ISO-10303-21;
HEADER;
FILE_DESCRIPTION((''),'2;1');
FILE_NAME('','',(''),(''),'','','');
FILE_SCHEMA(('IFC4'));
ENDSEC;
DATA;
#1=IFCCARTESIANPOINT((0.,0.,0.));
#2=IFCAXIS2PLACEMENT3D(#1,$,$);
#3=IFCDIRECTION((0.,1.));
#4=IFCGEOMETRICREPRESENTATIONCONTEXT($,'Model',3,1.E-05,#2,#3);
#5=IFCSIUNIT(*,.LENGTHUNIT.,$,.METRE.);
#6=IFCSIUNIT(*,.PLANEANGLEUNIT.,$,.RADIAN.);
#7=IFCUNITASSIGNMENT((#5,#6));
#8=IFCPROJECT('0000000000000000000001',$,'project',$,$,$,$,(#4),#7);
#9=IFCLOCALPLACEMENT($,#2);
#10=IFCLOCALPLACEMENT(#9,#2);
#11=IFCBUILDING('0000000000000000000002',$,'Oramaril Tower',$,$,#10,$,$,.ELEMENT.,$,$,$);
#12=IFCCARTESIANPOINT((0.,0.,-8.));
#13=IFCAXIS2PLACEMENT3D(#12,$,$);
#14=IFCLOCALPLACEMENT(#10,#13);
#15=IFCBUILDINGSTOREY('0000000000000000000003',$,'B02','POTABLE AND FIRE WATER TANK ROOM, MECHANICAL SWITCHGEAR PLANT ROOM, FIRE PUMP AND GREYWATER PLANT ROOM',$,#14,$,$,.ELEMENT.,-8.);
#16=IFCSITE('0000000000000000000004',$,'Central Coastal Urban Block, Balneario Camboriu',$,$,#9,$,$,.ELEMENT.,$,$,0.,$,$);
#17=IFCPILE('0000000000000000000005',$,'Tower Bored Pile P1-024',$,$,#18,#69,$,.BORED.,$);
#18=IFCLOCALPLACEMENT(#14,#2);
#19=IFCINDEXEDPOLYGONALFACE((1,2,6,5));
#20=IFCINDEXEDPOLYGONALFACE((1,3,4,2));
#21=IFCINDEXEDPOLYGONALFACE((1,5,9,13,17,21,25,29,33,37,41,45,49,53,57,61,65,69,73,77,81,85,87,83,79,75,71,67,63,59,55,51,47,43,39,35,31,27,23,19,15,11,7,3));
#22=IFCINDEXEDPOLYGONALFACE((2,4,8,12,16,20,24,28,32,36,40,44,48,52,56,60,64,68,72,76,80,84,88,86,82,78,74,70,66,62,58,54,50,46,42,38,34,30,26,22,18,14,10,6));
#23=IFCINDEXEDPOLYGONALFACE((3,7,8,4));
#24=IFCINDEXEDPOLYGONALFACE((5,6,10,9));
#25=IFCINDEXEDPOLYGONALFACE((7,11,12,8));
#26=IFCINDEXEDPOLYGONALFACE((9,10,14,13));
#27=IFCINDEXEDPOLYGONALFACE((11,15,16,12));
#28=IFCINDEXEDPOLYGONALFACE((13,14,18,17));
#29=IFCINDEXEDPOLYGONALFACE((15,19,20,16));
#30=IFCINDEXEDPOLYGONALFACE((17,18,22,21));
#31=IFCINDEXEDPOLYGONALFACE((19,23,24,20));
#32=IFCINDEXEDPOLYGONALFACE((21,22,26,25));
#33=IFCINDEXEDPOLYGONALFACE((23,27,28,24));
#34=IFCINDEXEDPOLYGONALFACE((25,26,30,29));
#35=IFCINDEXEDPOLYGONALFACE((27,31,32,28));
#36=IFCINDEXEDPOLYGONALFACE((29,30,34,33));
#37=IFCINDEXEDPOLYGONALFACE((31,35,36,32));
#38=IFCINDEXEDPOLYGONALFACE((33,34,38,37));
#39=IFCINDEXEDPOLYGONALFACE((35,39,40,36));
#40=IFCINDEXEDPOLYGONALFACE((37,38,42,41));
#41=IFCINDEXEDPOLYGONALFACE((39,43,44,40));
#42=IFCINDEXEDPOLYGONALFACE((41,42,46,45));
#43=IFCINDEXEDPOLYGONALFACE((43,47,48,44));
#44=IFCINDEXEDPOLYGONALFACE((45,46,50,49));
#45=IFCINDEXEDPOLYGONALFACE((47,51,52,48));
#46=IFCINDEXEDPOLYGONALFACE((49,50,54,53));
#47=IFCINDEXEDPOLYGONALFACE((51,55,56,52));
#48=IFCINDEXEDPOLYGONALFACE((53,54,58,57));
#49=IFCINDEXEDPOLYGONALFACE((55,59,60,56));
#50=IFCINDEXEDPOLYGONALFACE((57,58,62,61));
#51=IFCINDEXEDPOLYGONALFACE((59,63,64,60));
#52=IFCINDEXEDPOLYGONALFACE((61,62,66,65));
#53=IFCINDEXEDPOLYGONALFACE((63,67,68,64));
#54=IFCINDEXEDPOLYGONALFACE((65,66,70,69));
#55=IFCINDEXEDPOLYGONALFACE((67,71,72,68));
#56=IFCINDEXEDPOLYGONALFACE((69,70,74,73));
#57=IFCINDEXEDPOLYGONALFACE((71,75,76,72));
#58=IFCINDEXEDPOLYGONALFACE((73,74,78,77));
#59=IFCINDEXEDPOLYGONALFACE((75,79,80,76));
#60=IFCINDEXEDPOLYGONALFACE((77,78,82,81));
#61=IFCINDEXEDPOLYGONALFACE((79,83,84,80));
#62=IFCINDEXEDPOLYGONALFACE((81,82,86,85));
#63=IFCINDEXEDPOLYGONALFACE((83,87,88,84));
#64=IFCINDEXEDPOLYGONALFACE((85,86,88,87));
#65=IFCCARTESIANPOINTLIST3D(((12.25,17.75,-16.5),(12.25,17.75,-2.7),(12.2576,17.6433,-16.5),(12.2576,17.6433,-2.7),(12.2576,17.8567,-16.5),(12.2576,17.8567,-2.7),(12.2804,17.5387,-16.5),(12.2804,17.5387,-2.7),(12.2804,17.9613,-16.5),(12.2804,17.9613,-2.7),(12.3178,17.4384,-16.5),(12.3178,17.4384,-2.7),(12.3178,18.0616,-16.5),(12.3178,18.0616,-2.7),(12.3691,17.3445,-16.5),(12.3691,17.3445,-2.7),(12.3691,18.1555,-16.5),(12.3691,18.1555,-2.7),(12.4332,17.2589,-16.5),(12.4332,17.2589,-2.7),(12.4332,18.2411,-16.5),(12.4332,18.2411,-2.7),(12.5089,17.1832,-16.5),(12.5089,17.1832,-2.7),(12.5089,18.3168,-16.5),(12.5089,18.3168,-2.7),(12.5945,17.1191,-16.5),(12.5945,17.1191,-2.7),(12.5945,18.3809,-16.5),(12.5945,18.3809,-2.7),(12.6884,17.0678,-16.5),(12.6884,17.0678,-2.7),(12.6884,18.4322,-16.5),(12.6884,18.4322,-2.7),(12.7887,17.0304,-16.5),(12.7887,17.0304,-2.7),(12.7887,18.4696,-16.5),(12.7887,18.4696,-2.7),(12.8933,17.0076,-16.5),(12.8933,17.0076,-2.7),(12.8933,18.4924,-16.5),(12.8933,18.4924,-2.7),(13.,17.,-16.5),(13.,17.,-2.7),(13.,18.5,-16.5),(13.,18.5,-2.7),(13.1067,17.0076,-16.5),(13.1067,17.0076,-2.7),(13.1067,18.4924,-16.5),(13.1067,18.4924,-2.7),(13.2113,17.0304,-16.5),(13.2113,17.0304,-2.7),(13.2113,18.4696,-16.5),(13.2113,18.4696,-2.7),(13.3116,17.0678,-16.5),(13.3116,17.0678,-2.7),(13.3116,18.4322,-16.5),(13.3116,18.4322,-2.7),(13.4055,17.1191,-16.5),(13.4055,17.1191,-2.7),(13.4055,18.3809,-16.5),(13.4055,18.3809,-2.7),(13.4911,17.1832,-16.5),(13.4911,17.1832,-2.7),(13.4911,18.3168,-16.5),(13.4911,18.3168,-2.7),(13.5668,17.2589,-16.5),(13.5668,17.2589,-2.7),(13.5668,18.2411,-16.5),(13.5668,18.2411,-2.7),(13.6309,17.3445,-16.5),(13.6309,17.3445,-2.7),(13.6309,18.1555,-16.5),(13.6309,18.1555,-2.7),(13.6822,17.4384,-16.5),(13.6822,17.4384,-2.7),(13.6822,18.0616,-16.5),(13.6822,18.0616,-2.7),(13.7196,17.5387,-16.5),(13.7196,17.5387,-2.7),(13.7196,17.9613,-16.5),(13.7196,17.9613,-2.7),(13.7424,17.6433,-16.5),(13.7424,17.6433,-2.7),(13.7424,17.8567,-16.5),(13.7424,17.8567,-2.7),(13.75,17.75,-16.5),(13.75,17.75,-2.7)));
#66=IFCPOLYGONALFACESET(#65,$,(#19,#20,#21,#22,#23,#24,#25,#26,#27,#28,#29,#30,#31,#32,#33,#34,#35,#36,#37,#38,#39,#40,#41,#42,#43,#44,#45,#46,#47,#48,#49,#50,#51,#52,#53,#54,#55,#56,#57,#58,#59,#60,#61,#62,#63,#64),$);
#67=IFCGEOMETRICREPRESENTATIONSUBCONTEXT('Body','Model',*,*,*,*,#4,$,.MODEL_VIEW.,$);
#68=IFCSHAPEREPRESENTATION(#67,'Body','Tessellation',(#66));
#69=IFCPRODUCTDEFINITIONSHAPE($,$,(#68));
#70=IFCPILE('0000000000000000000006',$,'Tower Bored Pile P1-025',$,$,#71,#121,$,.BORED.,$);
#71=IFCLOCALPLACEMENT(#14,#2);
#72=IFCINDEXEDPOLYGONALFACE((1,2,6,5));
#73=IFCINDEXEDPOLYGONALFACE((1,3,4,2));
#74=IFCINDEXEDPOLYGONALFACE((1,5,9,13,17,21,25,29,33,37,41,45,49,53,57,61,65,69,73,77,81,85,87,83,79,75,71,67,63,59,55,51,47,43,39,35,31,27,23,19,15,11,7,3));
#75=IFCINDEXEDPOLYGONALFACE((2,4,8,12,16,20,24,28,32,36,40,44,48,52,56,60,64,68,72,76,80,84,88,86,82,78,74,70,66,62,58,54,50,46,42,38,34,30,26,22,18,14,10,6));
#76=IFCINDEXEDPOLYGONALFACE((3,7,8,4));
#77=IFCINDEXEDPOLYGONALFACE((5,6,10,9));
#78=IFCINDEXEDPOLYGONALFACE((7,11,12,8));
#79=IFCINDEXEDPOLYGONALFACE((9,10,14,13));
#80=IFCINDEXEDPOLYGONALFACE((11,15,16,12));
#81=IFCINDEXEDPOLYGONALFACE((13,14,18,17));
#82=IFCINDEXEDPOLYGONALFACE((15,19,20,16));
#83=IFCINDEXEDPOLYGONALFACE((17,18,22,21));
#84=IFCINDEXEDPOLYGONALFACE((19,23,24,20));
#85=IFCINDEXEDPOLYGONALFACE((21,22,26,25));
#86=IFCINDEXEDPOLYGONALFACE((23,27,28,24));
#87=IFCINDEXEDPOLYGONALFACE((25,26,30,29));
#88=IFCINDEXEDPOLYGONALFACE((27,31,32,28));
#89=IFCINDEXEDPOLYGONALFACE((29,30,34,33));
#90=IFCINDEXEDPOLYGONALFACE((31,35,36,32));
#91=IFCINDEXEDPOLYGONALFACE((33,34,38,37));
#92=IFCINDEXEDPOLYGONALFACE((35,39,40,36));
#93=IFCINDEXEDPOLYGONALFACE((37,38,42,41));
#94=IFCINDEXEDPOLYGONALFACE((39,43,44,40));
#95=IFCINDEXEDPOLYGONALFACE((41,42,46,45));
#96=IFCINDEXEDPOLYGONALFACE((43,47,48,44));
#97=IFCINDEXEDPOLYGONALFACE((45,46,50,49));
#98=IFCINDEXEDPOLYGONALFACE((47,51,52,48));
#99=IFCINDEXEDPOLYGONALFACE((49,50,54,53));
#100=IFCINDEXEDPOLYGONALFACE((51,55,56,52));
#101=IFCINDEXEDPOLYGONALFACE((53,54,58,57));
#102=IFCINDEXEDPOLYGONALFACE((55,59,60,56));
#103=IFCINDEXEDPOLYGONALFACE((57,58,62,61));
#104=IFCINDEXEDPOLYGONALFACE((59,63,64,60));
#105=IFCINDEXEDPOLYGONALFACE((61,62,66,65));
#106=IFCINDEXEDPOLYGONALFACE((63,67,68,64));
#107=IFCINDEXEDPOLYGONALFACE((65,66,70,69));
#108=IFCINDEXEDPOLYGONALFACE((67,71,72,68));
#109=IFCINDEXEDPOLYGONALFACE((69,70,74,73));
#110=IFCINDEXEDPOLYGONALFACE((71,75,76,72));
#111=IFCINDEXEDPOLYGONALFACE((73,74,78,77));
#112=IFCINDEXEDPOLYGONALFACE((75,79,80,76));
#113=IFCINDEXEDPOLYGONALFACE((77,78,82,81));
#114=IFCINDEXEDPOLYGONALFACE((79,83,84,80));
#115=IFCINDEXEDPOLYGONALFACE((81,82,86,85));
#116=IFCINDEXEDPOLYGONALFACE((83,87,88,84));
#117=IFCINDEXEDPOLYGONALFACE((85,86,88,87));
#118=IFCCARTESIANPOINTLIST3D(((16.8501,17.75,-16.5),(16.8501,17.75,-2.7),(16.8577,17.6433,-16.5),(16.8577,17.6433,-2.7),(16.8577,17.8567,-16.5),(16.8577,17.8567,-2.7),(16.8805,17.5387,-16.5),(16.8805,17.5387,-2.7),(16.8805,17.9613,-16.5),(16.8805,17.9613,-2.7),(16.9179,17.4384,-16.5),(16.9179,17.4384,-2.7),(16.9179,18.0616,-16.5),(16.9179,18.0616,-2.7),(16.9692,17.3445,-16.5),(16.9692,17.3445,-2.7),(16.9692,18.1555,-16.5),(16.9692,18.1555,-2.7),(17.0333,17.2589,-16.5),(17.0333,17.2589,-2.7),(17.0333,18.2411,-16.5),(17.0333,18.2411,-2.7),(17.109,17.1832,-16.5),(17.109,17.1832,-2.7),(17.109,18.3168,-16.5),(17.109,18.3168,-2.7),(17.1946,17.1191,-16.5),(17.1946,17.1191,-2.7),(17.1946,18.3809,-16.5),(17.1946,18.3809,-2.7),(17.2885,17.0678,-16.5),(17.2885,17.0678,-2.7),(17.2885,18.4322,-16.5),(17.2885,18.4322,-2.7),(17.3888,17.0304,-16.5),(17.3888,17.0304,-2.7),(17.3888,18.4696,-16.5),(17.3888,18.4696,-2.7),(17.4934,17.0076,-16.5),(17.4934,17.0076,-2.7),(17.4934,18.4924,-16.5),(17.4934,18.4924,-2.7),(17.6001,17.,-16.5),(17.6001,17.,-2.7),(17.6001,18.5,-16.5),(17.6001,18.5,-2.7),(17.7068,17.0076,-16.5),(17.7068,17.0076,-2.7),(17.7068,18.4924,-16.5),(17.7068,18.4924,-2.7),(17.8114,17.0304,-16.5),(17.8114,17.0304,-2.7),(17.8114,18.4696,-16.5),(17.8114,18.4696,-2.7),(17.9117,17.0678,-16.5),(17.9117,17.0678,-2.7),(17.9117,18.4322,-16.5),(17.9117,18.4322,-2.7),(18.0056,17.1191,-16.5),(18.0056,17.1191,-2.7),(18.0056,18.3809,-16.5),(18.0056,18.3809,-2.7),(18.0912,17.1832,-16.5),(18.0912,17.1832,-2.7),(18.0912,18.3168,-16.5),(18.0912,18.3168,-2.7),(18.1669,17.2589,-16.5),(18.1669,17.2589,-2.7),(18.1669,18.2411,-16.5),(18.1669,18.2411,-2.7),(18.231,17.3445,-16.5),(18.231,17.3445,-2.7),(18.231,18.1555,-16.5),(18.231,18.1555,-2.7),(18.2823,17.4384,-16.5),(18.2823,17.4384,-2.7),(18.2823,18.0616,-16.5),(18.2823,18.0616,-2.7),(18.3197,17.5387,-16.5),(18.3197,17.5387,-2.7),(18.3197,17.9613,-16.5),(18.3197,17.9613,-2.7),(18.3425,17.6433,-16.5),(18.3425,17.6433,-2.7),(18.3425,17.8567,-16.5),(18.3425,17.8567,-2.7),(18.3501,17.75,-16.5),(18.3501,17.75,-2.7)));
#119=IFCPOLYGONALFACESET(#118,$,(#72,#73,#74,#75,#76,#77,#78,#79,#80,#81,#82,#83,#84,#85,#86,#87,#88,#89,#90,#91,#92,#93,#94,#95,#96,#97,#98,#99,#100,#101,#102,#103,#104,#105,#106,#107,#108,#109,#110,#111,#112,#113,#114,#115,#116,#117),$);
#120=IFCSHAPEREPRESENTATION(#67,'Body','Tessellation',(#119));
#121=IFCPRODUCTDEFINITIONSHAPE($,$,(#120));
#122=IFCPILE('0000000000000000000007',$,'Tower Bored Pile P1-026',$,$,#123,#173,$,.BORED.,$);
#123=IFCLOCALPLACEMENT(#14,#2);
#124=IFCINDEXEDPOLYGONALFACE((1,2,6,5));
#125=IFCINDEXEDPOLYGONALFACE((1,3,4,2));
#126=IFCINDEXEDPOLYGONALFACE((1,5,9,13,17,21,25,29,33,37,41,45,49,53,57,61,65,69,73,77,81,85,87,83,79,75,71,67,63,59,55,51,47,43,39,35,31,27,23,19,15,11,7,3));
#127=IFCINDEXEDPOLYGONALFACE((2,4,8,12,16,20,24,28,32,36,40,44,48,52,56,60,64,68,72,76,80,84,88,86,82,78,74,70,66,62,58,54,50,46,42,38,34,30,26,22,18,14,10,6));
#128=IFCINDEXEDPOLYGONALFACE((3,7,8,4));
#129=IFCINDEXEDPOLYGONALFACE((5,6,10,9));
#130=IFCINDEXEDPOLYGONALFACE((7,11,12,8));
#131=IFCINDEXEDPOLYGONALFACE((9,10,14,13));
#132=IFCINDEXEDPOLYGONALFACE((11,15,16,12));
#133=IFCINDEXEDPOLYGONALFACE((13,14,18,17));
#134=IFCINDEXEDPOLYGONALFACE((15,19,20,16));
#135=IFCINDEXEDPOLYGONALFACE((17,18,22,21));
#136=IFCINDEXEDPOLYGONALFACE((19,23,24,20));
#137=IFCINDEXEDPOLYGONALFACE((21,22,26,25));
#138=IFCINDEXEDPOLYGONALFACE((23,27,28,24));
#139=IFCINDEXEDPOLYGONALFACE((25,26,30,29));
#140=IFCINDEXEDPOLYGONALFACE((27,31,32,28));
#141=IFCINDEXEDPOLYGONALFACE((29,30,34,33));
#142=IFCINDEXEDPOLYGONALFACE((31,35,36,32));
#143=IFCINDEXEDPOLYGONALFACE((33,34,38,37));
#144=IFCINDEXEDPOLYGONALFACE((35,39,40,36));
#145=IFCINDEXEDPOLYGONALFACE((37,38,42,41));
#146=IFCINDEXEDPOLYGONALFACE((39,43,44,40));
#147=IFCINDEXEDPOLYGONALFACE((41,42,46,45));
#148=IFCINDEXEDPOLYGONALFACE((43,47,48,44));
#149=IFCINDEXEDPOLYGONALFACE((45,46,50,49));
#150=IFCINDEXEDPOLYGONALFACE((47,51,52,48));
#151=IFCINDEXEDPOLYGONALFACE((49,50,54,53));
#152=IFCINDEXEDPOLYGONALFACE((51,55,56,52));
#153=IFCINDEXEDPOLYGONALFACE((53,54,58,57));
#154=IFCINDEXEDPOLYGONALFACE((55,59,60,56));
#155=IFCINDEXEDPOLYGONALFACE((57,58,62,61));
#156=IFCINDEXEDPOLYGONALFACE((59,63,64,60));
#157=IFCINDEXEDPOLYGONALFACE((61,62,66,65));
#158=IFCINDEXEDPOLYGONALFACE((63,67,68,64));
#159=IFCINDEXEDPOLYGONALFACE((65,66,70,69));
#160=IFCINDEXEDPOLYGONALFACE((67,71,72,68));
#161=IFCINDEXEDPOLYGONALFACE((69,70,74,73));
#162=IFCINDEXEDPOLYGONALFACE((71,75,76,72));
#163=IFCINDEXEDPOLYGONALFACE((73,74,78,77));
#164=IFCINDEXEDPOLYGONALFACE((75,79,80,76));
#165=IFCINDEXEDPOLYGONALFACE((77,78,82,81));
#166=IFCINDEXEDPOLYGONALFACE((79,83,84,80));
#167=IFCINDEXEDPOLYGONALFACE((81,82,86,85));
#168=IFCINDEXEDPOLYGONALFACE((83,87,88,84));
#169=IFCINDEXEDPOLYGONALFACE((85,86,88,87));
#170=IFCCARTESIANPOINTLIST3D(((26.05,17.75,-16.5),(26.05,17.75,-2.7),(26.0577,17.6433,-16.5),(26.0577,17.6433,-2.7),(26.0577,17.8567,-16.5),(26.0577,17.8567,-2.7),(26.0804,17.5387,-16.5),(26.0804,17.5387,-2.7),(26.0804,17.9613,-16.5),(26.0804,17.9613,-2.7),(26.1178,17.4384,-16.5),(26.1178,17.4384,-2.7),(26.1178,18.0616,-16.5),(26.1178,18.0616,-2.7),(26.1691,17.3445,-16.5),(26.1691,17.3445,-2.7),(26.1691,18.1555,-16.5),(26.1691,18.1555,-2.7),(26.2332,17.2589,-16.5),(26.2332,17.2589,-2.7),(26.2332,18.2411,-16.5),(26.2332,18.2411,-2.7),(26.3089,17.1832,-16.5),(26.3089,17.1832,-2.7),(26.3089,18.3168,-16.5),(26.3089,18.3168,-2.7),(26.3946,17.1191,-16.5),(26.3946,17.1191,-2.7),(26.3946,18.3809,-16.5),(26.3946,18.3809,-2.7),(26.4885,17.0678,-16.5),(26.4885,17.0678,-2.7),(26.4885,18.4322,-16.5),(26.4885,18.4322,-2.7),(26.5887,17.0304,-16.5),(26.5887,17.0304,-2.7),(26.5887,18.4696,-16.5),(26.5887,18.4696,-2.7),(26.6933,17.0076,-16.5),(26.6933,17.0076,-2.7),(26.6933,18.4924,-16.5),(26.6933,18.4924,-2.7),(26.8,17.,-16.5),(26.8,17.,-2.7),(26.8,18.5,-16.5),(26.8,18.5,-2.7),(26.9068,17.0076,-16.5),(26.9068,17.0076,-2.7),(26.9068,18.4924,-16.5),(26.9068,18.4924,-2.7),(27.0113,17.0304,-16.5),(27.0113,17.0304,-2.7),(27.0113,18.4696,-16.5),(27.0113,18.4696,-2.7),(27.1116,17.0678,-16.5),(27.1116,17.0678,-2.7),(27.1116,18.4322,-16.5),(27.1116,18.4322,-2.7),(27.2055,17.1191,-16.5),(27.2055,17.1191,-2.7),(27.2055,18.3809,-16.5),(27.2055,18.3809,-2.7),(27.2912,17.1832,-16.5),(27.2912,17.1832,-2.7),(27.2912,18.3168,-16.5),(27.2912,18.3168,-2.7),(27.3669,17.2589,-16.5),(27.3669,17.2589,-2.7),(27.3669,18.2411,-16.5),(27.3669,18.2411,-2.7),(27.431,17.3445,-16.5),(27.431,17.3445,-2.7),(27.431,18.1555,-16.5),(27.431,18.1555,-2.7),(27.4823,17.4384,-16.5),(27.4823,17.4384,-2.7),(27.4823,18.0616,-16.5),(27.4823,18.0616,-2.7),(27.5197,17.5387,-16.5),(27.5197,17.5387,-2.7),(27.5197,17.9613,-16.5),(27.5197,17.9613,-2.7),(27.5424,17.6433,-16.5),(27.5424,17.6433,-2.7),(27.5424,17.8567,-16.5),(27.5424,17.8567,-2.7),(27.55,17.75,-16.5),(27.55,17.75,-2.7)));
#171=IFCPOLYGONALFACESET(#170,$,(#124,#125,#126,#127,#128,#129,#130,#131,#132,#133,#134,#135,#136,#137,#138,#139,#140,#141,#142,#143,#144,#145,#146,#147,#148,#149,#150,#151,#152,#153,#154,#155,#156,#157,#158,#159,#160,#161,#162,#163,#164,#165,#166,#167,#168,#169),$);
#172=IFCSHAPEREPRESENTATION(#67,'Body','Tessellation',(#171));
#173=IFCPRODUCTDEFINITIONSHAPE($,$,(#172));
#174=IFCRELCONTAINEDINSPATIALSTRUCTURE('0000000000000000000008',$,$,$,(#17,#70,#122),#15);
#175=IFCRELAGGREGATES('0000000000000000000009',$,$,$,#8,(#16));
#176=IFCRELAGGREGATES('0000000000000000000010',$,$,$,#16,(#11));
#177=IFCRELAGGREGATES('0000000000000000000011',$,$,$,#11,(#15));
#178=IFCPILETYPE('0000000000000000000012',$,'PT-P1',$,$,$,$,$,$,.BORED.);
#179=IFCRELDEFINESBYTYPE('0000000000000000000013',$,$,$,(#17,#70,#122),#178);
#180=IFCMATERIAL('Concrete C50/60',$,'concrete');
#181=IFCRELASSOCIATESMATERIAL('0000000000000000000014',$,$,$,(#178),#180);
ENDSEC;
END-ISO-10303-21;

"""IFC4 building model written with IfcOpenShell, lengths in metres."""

from ifc_helpers import new_model, si_unit, direction, frame, origin, origin_2d, place, context, subcontext, project, spatial, circle, extrude, material, material_profile, profile_set, type_object, element, save


model = new_model("IFC4")

# Units and contexts
model_context = context("Model", 3, precision=1e-05, world=origin(), true_north=direction((0.0, 1.0)))
body_context = subcontext(model_context, "Body", "Model", "MODEL_VIEW")
ifc_project = project(units=[si_unit("LENGTHUNIT", "METRE"), si_unit("PLANEANGLEUNIT", "RADIAN")], contexts=[model_context])

# Site, building, storey
site_placement = place(None, origin())
site = spatial("IfcSite", under=ifc_project, at=site_placement, Name="Central Coastal Urban Block, Balneario Camboriu", CompositionType="ELEMENT", RefElevation=0.0)
building_placement = place(site_placement, origin())
building = spatial("IfcBuilding", under=site, at=building_placement, Name="Oramaril Tower", CompositionType="ELEMENT")
storey_placement = place(building_placement, frame((0.0, 0.0, -8.0)))
storey = spatial("IfcBuildingStorey", under=building, at=storey_placement, Name="B02", Description="POTABLE AND FIRE WATER TANK ROOM, MECHANICAL SWITCHGEAR PLANT ROOM, FIRE PUMP AND GREYWATER PLANT ROOM", CompositionType="ELEMENT", Elevation=-8.0)

# Piles
ifc_material_1 = material(Name="Concrete C50/60", Category="concrete")
ifc_material_profile_1 = material_profile(ifc_material_1, circle(Radius=0.75, at=origin_2d()), Name="D1500")
ifc_profile_set_1 = profile_set([ifc_material_profile_1], Name="Concrete C50/60")
pile_type = type_object("IfcPileType", Name="PT-P1", PredefinedType="BORED", material=ifc_profile_set_1)
for number, where, z_axis, x_axis, name in (
    (1, (13.0, 17.75, -2.7), (0.0, 0.0, -1.0), (1.0, 0.0, 0.0), "Tower Bored Pile P1-024"),
    (2, (17.6001, 17.75, -2.7), (0.0, 0.0, -1.0), (1.0, 0.0, 0.0), "Tower Bored Pile P1-025"),
    (3, (26.8, 17.75, -2.7), (0.0, 0.0, -1.0), (1.0, 0.0, 0.0), "Tower Bored Pile P1-026"),
):
    element("IfcPile", number, at=place(storey_placement, frame(where, z_axis=z_axis, x_axis=x_axis)), inside=storey, type_object=pile_type, Name=name, PredefinedType="BORED", context=body_context, shape_type="SweptSolid", body=[
        extrude(circle(Radius=0.75, at=origin_2d()), origin(), (0.0, 0.0, 1.0), 13.8),
    ])

save(model, "model.ifc")
